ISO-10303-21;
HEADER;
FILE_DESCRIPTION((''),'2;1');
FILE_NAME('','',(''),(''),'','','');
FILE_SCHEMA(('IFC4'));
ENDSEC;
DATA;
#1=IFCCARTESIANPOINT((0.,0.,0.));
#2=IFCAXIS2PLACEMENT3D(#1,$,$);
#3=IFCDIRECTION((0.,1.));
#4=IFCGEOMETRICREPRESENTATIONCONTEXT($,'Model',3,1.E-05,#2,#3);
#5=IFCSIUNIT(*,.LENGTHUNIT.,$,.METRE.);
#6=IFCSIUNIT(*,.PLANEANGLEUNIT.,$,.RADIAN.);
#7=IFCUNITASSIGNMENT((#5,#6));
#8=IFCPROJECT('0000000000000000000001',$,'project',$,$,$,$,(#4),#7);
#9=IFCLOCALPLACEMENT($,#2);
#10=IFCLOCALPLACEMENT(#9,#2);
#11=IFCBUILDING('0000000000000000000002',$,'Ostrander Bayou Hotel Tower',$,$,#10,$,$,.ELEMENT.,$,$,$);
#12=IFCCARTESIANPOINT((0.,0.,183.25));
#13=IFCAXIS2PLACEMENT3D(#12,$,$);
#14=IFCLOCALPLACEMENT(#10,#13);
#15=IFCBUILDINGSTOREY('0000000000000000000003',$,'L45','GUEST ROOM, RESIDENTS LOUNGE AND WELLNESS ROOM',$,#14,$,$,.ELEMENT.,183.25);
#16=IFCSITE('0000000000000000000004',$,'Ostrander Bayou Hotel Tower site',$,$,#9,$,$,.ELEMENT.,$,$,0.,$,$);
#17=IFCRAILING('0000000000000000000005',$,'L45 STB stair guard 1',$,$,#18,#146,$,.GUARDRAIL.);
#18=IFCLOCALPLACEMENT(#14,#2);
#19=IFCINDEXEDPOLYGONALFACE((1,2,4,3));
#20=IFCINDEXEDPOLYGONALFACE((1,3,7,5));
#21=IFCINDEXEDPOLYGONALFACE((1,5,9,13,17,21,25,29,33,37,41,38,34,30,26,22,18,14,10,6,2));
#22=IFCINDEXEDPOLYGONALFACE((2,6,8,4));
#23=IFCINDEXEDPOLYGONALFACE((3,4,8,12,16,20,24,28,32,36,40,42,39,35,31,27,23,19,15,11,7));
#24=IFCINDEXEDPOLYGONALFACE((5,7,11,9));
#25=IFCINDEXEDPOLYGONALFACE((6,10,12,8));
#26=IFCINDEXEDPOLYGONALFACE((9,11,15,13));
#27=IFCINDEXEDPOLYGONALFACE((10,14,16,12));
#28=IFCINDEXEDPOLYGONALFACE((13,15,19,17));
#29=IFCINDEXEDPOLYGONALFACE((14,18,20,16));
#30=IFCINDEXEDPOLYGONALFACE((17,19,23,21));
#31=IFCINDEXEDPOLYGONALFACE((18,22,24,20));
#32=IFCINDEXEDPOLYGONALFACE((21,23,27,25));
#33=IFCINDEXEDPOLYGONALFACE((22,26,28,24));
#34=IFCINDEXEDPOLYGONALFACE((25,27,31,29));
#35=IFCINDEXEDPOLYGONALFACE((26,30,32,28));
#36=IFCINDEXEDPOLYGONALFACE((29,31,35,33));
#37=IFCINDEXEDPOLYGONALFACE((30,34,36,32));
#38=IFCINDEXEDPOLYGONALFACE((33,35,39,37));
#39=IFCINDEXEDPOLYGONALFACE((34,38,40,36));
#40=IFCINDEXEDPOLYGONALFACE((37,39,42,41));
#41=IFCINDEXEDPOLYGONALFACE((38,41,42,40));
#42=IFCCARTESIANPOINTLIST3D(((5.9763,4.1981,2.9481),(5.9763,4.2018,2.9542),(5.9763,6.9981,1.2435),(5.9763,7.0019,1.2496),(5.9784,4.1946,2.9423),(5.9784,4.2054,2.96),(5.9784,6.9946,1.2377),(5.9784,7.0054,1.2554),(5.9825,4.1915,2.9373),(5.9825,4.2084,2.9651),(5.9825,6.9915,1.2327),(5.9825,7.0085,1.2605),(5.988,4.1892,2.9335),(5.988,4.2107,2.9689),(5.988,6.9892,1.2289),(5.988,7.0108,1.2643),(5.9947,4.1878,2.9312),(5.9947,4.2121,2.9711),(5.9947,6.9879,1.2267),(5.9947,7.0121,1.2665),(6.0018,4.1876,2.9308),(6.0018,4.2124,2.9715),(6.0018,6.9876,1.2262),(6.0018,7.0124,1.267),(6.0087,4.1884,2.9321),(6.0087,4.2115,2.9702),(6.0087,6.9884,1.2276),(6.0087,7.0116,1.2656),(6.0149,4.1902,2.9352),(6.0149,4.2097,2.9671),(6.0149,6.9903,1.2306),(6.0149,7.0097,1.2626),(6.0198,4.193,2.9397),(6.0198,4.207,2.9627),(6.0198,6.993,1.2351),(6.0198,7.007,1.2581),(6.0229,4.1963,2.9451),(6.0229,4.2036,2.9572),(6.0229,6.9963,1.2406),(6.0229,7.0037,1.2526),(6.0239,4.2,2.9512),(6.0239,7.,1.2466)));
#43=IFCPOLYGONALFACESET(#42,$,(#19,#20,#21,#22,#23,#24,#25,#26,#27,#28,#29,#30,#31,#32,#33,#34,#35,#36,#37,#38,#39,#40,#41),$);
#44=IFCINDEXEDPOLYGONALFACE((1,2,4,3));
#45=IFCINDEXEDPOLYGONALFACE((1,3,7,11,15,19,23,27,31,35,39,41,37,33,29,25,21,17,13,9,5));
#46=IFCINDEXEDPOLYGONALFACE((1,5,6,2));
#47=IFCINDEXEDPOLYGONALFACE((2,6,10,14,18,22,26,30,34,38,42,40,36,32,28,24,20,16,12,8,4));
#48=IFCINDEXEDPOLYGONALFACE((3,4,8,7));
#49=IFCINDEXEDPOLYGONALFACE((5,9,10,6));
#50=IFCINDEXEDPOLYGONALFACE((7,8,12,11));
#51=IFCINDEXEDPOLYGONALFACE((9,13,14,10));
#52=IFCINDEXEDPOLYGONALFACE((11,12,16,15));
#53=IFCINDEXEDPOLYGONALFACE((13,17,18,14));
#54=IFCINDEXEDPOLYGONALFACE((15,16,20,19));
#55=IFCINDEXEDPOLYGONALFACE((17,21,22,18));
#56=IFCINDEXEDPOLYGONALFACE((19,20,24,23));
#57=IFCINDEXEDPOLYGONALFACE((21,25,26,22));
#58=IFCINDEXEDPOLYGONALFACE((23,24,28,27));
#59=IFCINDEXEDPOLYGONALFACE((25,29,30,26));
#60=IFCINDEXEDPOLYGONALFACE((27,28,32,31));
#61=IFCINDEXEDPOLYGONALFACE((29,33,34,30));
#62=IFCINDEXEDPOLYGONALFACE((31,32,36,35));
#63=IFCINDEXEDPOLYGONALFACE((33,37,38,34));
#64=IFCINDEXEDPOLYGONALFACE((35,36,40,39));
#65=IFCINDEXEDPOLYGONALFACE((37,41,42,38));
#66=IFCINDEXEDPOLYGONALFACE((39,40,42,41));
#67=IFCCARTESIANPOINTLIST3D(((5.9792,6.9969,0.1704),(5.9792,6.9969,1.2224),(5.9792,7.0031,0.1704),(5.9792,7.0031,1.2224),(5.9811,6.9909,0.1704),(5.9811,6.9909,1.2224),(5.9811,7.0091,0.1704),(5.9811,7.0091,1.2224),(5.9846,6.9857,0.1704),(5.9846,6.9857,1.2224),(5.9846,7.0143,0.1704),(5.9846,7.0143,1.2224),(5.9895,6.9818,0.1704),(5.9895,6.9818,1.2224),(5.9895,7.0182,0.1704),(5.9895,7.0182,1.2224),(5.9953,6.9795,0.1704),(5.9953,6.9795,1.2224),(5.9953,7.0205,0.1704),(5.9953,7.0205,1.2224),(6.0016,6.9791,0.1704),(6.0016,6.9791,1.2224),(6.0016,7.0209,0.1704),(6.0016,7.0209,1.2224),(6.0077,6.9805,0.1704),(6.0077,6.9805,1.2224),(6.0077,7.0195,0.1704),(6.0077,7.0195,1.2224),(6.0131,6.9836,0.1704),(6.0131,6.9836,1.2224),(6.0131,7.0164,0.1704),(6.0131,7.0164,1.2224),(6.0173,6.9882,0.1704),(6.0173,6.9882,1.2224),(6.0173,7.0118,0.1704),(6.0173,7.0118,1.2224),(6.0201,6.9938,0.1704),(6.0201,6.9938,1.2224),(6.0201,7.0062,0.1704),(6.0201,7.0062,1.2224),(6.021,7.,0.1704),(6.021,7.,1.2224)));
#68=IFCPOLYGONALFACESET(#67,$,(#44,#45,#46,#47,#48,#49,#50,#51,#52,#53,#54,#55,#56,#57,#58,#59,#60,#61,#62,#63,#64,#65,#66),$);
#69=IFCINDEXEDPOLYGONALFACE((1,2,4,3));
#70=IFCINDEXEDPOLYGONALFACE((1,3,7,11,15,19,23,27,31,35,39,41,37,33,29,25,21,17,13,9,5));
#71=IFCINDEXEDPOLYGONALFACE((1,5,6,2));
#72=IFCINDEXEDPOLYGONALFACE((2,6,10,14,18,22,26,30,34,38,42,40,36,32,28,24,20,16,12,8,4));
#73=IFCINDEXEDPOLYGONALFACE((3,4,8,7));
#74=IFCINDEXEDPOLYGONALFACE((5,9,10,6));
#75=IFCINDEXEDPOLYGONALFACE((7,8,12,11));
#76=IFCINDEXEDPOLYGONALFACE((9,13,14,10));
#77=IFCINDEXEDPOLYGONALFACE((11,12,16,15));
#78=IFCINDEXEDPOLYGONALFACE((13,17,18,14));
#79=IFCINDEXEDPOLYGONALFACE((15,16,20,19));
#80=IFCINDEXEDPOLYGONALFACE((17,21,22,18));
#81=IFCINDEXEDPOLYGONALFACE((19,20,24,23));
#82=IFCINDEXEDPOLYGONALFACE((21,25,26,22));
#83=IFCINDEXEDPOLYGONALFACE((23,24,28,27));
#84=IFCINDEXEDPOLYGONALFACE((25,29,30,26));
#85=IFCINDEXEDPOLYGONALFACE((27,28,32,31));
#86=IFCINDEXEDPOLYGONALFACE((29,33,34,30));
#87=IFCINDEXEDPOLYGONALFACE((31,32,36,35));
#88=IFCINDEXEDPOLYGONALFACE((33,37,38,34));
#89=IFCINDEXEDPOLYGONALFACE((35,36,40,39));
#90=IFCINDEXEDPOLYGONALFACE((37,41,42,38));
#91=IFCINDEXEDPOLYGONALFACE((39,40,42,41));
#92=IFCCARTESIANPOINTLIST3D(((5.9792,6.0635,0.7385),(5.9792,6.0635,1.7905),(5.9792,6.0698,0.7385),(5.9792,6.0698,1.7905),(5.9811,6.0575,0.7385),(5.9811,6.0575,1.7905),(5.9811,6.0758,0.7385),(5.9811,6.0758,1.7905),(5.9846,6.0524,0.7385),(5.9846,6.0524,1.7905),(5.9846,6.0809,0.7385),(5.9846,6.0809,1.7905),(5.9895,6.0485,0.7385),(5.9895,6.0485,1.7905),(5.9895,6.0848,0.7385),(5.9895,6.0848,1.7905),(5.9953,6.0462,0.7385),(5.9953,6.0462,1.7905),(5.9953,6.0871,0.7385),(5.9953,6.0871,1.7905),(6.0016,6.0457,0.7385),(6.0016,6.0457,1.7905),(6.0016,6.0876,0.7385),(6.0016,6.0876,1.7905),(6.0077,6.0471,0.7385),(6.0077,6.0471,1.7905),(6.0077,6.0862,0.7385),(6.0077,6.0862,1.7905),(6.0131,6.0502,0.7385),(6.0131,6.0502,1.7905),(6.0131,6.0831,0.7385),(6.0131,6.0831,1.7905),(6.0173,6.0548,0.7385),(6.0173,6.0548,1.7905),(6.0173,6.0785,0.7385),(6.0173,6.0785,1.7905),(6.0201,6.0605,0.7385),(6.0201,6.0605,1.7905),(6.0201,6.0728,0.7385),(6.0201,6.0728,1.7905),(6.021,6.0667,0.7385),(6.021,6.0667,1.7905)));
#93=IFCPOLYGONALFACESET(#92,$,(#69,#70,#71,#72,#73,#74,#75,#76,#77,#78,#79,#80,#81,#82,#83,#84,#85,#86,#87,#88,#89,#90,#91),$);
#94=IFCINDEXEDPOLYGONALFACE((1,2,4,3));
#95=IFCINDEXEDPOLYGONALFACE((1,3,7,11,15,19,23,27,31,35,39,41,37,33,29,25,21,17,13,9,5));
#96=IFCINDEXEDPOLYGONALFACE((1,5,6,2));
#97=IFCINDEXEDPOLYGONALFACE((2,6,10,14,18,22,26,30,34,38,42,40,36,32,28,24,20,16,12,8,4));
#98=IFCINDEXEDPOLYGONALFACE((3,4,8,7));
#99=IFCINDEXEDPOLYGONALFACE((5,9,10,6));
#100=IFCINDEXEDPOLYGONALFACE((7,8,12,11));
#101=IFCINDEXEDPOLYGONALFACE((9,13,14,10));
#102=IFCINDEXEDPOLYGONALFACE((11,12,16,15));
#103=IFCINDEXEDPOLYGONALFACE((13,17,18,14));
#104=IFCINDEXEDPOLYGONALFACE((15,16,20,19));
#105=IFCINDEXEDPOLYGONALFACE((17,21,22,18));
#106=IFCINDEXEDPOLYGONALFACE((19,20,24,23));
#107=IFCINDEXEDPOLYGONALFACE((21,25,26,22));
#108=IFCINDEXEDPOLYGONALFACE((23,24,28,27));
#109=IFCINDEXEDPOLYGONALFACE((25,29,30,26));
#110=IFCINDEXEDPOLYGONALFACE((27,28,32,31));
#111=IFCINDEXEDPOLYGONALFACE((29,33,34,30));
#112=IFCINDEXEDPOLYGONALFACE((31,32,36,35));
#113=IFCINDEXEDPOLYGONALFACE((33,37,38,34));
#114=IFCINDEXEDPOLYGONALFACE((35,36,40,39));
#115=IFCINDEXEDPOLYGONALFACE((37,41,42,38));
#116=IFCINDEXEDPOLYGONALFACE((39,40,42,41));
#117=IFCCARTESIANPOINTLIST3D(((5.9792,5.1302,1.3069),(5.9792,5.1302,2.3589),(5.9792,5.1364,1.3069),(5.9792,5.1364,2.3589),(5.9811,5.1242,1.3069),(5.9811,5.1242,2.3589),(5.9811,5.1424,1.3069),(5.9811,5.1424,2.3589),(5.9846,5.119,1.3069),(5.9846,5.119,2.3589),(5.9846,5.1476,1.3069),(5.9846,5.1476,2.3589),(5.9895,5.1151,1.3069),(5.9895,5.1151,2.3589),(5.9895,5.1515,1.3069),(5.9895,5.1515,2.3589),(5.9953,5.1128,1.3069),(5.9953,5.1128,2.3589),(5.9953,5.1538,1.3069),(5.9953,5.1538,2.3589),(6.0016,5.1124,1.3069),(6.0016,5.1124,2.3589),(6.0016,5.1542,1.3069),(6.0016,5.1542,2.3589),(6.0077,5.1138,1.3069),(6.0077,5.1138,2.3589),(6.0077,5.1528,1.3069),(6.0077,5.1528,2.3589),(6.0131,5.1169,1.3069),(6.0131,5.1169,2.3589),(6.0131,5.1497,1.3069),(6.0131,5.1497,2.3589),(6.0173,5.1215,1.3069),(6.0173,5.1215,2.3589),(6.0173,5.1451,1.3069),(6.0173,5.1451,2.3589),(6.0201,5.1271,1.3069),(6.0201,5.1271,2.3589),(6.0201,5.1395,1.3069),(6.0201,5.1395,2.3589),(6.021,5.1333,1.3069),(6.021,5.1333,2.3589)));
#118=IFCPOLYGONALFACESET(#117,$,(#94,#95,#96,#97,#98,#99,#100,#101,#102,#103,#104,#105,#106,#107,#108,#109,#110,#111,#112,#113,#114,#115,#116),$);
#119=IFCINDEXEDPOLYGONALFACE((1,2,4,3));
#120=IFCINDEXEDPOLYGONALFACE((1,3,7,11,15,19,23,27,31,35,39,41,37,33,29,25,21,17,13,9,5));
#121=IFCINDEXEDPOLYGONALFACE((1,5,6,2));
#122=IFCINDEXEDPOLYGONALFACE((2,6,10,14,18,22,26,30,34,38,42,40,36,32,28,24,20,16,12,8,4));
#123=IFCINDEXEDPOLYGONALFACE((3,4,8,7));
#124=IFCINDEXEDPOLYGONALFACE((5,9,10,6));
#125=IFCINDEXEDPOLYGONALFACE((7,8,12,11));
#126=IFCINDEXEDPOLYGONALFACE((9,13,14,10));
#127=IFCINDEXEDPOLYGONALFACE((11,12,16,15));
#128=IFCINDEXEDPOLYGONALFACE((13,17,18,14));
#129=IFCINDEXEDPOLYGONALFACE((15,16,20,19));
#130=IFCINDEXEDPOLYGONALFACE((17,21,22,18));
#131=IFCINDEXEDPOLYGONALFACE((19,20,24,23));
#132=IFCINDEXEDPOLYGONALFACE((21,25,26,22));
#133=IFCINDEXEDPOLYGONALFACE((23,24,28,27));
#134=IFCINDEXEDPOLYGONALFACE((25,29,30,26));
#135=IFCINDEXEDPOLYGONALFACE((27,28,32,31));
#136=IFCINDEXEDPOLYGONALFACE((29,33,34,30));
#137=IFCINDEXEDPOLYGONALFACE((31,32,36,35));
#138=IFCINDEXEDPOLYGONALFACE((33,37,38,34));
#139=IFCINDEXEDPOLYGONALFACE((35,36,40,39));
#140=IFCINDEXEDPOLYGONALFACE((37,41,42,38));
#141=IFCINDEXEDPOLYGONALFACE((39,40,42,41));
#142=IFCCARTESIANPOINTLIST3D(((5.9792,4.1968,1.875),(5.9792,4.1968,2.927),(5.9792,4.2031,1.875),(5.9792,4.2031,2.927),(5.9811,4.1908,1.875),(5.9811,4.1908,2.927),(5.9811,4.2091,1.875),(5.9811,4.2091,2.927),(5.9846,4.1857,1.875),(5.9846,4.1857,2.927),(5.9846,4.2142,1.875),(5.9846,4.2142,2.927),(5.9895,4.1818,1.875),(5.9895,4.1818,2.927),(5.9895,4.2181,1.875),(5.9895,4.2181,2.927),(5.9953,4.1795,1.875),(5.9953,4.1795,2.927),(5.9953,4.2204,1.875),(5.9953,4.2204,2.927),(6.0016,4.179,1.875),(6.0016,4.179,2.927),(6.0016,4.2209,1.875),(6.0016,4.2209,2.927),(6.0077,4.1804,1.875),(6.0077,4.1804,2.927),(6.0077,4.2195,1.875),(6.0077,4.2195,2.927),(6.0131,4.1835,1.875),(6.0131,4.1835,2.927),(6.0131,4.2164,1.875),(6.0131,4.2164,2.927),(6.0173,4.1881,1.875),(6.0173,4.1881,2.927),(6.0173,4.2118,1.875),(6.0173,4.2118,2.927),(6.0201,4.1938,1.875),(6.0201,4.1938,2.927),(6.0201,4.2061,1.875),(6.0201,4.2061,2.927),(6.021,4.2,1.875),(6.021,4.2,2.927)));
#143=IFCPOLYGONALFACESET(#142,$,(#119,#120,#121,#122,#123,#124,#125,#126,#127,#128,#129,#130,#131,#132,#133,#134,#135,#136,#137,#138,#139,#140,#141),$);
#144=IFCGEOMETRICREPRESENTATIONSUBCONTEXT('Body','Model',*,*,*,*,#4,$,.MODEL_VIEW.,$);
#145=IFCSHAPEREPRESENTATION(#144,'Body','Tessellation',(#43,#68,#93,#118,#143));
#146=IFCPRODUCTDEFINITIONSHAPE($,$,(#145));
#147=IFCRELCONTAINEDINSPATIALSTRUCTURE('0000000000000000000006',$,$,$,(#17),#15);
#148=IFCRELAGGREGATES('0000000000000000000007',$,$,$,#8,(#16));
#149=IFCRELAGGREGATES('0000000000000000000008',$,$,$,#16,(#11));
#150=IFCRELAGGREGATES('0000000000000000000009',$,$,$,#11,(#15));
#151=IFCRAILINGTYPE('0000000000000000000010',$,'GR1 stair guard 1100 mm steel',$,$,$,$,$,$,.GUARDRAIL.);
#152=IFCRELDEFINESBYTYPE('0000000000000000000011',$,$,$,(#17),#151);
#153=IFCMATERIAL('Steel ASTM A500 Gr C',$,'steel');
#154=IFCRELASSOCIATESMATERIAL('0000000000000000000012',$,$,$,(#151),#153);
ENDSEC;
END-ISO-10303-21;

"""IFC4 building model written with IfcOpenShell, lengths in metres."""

from ifc_helpers import new_model, si_unit, direction, frame, origin, origin_2d, place, context, subcontext, project, spatial, circle, extrude, material, type_object, element, save


model = new_model("IFC4")

# Units and contexts
model_context = context("Model", 3, precision=1e-05, world=origin(), true_north=direction((0.0, 1.0)))
body_context = subcontext(model_context, "Body", "Model", "MODEL_VIEW")
ifc_project = project(units=[si_unit("LENGTHUNIT", "METRE"), si_unit("PLANEANGLEUNIT", "RADIAN")], contexts=[model_context])

# Site, building, storey
site_placement = place(None, origin())
site = spatial("IfcSite", under=ifc_project, at=site_placement, Name="Ostrander Bayou Hotel Tower site", CompositionType="ELEMENT", RefElevation=0.0)
building_placement = place(site_placement, origin())
building = spatial("IfcBuilding", under=site, at=building_placement, Name="Ostrander Bayou Hotel Tower", CompositionType="ELEMENT")
storey_placement = place(building_placement, frame((0.0, 0.0, 183.25)))
storey = spatial("IfcBuildingStorey", under=building, at=storey_placement, Name="L45", Description="GUEST ROOM, RESIDENTS LOUNGE AND WELLNESS ROOM", CompositionType="ELEMENT", Elevation=183.25)

# Railing
ifc_material_1 = material(Name="Steel ASTM A500 Gr C", Category="steel")
railing_type_1 = type_object("IfcRailingType", Name="GR1 stair guard 1100 mm steel", PredefinedType="GUARDRAIL", material=ifc_material_1)
railing_1_placement = place(storey_placement, frame((6.0, 7.0, 0.1704)))
element("IfcRailing", 1, at=railing_1_placement, inside=storey, type_object=railing_type_1, Name="L45 STB stair guard 1", PredefinedType="GUARDRAIL", context=body_context, shape_type="SweptSolid", body=[
    extrude(circle(Radius=0.0239, at=origin_2d()), frame((0.0, 0.0, 1.0762), z_axis=(0.0, -0.85417, 0.519994), x_axis=(1.0, 0.0, 0.0)), (0.0, 0.0, 1.0), 3.2781),
    extrude(circle(Radius=0.021, at=origin_2d()), origin(), (0.0, 0.0, 1.0), 1.052),
    extrude(circle(Radius=0.021, at=origin_2d()), frame((0.0, -0.9333, 0.5681)), (0.0, 0.0, 1.0), 1.052),
    extrude(circle(Radius=0.021, at=origin_2d()), frame((0.0, -1.8667, 1.1365)), (0.0, 0.0, 1.0), 1.052),
    extrude(circle(Radius=0.021, at=origin_2d()), frame((0.0, -2.8, 1.7046)), (0.0, 0.0, 1.0), 1.052),
])

save(model, "model.ifc")
